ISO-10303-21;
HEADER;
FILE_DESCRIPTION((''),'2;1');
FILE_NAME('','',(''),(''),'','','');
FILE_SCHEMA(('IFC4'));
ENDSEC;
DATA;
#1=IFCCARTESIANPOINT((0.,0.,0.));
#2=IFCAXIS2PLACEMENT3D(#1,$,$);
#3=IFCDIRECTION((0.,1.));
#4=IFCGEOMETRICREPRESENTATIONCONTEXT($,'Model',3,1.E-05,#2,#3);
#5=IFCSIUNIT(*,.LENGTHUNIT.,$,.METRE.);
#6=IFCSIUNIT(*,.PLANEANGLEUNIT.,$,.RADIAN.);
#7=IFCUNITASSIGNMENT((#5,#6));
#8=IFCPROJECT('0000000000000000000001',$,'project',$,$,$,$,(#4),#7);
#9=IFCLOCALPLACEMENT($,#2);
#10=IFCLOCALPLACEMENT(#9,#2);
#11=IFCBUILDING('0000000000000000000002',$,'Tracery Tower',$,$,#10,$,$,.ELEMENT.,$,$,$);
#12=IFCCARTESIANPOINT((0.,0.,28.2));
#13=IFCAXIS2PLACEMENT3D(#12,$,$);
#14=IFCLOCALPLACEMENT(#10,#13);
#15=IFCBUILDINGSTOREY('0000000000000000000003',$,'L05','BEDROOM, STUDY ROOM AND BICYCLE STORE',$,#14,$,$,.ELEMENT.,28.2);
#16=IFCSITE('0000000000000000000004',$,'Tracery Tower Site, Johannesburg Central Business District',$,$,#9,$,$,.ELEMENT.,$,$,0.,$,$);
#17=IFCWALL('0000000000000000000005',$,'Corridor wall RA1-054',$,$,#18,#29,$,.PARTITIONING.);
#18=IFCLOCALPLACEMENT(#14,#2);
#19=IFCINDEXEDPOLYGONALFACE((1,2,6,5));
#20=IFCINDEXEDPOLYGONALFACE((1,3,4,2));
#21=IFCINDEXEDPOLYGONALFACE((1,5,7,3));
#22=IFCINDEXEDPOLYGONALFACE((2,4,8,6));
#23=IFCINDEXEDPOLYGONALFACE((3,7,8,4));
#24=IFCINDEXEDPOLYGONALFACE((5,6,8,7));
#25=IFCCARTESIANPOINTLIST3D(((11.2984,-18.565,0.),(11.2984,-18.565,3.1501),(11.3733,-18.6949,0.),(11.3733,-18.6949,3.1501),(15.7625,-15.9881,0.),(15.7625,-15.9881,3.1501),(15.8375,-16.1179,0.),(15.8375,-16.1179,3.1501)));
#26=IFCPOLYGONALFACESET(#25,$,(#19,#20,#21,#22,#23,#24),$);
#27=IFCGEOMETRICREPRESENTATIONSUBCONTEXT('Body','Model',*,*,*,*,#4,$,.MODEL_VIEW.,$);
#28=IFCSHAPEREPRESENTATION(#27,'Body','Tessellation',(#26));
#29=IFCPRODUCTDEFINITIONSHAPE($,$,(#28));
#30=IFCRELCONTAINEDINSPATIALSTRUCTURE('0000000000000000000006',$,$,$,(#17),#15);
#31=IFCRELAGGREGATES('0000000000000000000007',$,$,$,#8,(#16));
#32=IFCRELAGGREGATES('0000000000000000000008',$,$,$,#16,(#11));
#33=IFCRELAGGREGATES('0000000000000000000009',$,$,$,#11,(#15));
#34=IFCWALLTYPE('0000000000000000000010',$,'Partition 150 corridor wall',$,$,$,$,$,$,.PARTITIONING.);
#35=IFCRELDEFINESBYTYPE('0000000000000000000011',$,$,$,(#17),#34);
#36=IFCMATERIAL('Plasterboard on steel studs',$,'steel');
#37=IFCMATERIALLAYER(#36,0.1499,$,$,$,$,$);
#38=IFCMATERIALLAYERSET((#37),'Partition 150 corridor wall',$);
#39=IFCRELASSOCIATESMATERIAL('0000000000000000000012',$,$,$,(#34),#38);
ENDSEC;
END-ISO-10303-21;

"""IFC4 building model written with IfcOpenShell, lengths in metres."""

from ifc_helpers import new_model, si_unit, direction, frame, frame_2d, origin, place, context, subcontext, project, spatial, rectangle, extrude, material, layer, layer_set, type_object, element, save


model = new_model("IFC4")

# Units and contexts
model_context = context("Model", 3, precision=1e-05, world=origin(), true_north=direction((0.0, 1.0)))
body_context = subcontext(model_context, "Body", "Model", "MODEL_VIEW")
ifc_project = project(units=[si_unit("LENGTHUNIT", "METRE"), si_unit("PLANEANGLEUNIT", "RADIAN")], contexts=[model_context])

# Site, building, storey
site_placement = place(None, origin())
site = spatial("IfcSite", under=ifc_project, at=site_placement, Name="Tracery Tower Site, Johannesburg Central Business District", CompositionType="ELEMENT", RefElevation=0.0)
building_placement = place(site_placement, origin())
building = spatial("IfcBuilding", under=site, at=building_placement, Name="Tracery Tower", CompositionType="ELEMENT")
storey_placement = place(building_placement, frame((0.0, 0.0, 28.2)))
storey = spatial("IfcBuildingStorey", under=building, at=storey_placement, Name="L05", Description="BEDROOM, STUDY ROOM AND BICYCLE STORE", CompositionType="ELEMENT", Elevation=28.2)

# Shared definitions
ifc_material_1 = material(Name="Plasterboard on steel studs", Category="steel")
ifc_layer_1 = layer(ifc_material_1, 0.1499)
ifc_layer_set_1 = layer_set([ifc_layer_1], Name="Partition 150 corridor wall")
wall_type_1 = type_object("IfcWallType", Name="Partition 150 corridor wall", PredefinedType="PARTITIONING", material=ifc_layer_set_1)

# Wall
wall_1_placement = place(storey_placement, frame((11.3359, -18.6299, 0.0), z_axis=(0.0, 0.0, 1.0), x_axis=(0.866063, 0.499934, 0.0)))
element("IfcWall", 1, at=wall_1_placement, inside=storey, type_object=wall_type_1, Name="Corridor wall RA1-054", PredefinedType="PARTITIONING", context=body_context, shape_type="SweptSolid", body=[
    extrude(rectangle(XDim=5.1545, YDim=0.1499, at=frame_2d((2.5771, 0.0))), origin(), (0.0, 0.0, 1.0), 3.1501),
])

save(model, "model.ifc")
